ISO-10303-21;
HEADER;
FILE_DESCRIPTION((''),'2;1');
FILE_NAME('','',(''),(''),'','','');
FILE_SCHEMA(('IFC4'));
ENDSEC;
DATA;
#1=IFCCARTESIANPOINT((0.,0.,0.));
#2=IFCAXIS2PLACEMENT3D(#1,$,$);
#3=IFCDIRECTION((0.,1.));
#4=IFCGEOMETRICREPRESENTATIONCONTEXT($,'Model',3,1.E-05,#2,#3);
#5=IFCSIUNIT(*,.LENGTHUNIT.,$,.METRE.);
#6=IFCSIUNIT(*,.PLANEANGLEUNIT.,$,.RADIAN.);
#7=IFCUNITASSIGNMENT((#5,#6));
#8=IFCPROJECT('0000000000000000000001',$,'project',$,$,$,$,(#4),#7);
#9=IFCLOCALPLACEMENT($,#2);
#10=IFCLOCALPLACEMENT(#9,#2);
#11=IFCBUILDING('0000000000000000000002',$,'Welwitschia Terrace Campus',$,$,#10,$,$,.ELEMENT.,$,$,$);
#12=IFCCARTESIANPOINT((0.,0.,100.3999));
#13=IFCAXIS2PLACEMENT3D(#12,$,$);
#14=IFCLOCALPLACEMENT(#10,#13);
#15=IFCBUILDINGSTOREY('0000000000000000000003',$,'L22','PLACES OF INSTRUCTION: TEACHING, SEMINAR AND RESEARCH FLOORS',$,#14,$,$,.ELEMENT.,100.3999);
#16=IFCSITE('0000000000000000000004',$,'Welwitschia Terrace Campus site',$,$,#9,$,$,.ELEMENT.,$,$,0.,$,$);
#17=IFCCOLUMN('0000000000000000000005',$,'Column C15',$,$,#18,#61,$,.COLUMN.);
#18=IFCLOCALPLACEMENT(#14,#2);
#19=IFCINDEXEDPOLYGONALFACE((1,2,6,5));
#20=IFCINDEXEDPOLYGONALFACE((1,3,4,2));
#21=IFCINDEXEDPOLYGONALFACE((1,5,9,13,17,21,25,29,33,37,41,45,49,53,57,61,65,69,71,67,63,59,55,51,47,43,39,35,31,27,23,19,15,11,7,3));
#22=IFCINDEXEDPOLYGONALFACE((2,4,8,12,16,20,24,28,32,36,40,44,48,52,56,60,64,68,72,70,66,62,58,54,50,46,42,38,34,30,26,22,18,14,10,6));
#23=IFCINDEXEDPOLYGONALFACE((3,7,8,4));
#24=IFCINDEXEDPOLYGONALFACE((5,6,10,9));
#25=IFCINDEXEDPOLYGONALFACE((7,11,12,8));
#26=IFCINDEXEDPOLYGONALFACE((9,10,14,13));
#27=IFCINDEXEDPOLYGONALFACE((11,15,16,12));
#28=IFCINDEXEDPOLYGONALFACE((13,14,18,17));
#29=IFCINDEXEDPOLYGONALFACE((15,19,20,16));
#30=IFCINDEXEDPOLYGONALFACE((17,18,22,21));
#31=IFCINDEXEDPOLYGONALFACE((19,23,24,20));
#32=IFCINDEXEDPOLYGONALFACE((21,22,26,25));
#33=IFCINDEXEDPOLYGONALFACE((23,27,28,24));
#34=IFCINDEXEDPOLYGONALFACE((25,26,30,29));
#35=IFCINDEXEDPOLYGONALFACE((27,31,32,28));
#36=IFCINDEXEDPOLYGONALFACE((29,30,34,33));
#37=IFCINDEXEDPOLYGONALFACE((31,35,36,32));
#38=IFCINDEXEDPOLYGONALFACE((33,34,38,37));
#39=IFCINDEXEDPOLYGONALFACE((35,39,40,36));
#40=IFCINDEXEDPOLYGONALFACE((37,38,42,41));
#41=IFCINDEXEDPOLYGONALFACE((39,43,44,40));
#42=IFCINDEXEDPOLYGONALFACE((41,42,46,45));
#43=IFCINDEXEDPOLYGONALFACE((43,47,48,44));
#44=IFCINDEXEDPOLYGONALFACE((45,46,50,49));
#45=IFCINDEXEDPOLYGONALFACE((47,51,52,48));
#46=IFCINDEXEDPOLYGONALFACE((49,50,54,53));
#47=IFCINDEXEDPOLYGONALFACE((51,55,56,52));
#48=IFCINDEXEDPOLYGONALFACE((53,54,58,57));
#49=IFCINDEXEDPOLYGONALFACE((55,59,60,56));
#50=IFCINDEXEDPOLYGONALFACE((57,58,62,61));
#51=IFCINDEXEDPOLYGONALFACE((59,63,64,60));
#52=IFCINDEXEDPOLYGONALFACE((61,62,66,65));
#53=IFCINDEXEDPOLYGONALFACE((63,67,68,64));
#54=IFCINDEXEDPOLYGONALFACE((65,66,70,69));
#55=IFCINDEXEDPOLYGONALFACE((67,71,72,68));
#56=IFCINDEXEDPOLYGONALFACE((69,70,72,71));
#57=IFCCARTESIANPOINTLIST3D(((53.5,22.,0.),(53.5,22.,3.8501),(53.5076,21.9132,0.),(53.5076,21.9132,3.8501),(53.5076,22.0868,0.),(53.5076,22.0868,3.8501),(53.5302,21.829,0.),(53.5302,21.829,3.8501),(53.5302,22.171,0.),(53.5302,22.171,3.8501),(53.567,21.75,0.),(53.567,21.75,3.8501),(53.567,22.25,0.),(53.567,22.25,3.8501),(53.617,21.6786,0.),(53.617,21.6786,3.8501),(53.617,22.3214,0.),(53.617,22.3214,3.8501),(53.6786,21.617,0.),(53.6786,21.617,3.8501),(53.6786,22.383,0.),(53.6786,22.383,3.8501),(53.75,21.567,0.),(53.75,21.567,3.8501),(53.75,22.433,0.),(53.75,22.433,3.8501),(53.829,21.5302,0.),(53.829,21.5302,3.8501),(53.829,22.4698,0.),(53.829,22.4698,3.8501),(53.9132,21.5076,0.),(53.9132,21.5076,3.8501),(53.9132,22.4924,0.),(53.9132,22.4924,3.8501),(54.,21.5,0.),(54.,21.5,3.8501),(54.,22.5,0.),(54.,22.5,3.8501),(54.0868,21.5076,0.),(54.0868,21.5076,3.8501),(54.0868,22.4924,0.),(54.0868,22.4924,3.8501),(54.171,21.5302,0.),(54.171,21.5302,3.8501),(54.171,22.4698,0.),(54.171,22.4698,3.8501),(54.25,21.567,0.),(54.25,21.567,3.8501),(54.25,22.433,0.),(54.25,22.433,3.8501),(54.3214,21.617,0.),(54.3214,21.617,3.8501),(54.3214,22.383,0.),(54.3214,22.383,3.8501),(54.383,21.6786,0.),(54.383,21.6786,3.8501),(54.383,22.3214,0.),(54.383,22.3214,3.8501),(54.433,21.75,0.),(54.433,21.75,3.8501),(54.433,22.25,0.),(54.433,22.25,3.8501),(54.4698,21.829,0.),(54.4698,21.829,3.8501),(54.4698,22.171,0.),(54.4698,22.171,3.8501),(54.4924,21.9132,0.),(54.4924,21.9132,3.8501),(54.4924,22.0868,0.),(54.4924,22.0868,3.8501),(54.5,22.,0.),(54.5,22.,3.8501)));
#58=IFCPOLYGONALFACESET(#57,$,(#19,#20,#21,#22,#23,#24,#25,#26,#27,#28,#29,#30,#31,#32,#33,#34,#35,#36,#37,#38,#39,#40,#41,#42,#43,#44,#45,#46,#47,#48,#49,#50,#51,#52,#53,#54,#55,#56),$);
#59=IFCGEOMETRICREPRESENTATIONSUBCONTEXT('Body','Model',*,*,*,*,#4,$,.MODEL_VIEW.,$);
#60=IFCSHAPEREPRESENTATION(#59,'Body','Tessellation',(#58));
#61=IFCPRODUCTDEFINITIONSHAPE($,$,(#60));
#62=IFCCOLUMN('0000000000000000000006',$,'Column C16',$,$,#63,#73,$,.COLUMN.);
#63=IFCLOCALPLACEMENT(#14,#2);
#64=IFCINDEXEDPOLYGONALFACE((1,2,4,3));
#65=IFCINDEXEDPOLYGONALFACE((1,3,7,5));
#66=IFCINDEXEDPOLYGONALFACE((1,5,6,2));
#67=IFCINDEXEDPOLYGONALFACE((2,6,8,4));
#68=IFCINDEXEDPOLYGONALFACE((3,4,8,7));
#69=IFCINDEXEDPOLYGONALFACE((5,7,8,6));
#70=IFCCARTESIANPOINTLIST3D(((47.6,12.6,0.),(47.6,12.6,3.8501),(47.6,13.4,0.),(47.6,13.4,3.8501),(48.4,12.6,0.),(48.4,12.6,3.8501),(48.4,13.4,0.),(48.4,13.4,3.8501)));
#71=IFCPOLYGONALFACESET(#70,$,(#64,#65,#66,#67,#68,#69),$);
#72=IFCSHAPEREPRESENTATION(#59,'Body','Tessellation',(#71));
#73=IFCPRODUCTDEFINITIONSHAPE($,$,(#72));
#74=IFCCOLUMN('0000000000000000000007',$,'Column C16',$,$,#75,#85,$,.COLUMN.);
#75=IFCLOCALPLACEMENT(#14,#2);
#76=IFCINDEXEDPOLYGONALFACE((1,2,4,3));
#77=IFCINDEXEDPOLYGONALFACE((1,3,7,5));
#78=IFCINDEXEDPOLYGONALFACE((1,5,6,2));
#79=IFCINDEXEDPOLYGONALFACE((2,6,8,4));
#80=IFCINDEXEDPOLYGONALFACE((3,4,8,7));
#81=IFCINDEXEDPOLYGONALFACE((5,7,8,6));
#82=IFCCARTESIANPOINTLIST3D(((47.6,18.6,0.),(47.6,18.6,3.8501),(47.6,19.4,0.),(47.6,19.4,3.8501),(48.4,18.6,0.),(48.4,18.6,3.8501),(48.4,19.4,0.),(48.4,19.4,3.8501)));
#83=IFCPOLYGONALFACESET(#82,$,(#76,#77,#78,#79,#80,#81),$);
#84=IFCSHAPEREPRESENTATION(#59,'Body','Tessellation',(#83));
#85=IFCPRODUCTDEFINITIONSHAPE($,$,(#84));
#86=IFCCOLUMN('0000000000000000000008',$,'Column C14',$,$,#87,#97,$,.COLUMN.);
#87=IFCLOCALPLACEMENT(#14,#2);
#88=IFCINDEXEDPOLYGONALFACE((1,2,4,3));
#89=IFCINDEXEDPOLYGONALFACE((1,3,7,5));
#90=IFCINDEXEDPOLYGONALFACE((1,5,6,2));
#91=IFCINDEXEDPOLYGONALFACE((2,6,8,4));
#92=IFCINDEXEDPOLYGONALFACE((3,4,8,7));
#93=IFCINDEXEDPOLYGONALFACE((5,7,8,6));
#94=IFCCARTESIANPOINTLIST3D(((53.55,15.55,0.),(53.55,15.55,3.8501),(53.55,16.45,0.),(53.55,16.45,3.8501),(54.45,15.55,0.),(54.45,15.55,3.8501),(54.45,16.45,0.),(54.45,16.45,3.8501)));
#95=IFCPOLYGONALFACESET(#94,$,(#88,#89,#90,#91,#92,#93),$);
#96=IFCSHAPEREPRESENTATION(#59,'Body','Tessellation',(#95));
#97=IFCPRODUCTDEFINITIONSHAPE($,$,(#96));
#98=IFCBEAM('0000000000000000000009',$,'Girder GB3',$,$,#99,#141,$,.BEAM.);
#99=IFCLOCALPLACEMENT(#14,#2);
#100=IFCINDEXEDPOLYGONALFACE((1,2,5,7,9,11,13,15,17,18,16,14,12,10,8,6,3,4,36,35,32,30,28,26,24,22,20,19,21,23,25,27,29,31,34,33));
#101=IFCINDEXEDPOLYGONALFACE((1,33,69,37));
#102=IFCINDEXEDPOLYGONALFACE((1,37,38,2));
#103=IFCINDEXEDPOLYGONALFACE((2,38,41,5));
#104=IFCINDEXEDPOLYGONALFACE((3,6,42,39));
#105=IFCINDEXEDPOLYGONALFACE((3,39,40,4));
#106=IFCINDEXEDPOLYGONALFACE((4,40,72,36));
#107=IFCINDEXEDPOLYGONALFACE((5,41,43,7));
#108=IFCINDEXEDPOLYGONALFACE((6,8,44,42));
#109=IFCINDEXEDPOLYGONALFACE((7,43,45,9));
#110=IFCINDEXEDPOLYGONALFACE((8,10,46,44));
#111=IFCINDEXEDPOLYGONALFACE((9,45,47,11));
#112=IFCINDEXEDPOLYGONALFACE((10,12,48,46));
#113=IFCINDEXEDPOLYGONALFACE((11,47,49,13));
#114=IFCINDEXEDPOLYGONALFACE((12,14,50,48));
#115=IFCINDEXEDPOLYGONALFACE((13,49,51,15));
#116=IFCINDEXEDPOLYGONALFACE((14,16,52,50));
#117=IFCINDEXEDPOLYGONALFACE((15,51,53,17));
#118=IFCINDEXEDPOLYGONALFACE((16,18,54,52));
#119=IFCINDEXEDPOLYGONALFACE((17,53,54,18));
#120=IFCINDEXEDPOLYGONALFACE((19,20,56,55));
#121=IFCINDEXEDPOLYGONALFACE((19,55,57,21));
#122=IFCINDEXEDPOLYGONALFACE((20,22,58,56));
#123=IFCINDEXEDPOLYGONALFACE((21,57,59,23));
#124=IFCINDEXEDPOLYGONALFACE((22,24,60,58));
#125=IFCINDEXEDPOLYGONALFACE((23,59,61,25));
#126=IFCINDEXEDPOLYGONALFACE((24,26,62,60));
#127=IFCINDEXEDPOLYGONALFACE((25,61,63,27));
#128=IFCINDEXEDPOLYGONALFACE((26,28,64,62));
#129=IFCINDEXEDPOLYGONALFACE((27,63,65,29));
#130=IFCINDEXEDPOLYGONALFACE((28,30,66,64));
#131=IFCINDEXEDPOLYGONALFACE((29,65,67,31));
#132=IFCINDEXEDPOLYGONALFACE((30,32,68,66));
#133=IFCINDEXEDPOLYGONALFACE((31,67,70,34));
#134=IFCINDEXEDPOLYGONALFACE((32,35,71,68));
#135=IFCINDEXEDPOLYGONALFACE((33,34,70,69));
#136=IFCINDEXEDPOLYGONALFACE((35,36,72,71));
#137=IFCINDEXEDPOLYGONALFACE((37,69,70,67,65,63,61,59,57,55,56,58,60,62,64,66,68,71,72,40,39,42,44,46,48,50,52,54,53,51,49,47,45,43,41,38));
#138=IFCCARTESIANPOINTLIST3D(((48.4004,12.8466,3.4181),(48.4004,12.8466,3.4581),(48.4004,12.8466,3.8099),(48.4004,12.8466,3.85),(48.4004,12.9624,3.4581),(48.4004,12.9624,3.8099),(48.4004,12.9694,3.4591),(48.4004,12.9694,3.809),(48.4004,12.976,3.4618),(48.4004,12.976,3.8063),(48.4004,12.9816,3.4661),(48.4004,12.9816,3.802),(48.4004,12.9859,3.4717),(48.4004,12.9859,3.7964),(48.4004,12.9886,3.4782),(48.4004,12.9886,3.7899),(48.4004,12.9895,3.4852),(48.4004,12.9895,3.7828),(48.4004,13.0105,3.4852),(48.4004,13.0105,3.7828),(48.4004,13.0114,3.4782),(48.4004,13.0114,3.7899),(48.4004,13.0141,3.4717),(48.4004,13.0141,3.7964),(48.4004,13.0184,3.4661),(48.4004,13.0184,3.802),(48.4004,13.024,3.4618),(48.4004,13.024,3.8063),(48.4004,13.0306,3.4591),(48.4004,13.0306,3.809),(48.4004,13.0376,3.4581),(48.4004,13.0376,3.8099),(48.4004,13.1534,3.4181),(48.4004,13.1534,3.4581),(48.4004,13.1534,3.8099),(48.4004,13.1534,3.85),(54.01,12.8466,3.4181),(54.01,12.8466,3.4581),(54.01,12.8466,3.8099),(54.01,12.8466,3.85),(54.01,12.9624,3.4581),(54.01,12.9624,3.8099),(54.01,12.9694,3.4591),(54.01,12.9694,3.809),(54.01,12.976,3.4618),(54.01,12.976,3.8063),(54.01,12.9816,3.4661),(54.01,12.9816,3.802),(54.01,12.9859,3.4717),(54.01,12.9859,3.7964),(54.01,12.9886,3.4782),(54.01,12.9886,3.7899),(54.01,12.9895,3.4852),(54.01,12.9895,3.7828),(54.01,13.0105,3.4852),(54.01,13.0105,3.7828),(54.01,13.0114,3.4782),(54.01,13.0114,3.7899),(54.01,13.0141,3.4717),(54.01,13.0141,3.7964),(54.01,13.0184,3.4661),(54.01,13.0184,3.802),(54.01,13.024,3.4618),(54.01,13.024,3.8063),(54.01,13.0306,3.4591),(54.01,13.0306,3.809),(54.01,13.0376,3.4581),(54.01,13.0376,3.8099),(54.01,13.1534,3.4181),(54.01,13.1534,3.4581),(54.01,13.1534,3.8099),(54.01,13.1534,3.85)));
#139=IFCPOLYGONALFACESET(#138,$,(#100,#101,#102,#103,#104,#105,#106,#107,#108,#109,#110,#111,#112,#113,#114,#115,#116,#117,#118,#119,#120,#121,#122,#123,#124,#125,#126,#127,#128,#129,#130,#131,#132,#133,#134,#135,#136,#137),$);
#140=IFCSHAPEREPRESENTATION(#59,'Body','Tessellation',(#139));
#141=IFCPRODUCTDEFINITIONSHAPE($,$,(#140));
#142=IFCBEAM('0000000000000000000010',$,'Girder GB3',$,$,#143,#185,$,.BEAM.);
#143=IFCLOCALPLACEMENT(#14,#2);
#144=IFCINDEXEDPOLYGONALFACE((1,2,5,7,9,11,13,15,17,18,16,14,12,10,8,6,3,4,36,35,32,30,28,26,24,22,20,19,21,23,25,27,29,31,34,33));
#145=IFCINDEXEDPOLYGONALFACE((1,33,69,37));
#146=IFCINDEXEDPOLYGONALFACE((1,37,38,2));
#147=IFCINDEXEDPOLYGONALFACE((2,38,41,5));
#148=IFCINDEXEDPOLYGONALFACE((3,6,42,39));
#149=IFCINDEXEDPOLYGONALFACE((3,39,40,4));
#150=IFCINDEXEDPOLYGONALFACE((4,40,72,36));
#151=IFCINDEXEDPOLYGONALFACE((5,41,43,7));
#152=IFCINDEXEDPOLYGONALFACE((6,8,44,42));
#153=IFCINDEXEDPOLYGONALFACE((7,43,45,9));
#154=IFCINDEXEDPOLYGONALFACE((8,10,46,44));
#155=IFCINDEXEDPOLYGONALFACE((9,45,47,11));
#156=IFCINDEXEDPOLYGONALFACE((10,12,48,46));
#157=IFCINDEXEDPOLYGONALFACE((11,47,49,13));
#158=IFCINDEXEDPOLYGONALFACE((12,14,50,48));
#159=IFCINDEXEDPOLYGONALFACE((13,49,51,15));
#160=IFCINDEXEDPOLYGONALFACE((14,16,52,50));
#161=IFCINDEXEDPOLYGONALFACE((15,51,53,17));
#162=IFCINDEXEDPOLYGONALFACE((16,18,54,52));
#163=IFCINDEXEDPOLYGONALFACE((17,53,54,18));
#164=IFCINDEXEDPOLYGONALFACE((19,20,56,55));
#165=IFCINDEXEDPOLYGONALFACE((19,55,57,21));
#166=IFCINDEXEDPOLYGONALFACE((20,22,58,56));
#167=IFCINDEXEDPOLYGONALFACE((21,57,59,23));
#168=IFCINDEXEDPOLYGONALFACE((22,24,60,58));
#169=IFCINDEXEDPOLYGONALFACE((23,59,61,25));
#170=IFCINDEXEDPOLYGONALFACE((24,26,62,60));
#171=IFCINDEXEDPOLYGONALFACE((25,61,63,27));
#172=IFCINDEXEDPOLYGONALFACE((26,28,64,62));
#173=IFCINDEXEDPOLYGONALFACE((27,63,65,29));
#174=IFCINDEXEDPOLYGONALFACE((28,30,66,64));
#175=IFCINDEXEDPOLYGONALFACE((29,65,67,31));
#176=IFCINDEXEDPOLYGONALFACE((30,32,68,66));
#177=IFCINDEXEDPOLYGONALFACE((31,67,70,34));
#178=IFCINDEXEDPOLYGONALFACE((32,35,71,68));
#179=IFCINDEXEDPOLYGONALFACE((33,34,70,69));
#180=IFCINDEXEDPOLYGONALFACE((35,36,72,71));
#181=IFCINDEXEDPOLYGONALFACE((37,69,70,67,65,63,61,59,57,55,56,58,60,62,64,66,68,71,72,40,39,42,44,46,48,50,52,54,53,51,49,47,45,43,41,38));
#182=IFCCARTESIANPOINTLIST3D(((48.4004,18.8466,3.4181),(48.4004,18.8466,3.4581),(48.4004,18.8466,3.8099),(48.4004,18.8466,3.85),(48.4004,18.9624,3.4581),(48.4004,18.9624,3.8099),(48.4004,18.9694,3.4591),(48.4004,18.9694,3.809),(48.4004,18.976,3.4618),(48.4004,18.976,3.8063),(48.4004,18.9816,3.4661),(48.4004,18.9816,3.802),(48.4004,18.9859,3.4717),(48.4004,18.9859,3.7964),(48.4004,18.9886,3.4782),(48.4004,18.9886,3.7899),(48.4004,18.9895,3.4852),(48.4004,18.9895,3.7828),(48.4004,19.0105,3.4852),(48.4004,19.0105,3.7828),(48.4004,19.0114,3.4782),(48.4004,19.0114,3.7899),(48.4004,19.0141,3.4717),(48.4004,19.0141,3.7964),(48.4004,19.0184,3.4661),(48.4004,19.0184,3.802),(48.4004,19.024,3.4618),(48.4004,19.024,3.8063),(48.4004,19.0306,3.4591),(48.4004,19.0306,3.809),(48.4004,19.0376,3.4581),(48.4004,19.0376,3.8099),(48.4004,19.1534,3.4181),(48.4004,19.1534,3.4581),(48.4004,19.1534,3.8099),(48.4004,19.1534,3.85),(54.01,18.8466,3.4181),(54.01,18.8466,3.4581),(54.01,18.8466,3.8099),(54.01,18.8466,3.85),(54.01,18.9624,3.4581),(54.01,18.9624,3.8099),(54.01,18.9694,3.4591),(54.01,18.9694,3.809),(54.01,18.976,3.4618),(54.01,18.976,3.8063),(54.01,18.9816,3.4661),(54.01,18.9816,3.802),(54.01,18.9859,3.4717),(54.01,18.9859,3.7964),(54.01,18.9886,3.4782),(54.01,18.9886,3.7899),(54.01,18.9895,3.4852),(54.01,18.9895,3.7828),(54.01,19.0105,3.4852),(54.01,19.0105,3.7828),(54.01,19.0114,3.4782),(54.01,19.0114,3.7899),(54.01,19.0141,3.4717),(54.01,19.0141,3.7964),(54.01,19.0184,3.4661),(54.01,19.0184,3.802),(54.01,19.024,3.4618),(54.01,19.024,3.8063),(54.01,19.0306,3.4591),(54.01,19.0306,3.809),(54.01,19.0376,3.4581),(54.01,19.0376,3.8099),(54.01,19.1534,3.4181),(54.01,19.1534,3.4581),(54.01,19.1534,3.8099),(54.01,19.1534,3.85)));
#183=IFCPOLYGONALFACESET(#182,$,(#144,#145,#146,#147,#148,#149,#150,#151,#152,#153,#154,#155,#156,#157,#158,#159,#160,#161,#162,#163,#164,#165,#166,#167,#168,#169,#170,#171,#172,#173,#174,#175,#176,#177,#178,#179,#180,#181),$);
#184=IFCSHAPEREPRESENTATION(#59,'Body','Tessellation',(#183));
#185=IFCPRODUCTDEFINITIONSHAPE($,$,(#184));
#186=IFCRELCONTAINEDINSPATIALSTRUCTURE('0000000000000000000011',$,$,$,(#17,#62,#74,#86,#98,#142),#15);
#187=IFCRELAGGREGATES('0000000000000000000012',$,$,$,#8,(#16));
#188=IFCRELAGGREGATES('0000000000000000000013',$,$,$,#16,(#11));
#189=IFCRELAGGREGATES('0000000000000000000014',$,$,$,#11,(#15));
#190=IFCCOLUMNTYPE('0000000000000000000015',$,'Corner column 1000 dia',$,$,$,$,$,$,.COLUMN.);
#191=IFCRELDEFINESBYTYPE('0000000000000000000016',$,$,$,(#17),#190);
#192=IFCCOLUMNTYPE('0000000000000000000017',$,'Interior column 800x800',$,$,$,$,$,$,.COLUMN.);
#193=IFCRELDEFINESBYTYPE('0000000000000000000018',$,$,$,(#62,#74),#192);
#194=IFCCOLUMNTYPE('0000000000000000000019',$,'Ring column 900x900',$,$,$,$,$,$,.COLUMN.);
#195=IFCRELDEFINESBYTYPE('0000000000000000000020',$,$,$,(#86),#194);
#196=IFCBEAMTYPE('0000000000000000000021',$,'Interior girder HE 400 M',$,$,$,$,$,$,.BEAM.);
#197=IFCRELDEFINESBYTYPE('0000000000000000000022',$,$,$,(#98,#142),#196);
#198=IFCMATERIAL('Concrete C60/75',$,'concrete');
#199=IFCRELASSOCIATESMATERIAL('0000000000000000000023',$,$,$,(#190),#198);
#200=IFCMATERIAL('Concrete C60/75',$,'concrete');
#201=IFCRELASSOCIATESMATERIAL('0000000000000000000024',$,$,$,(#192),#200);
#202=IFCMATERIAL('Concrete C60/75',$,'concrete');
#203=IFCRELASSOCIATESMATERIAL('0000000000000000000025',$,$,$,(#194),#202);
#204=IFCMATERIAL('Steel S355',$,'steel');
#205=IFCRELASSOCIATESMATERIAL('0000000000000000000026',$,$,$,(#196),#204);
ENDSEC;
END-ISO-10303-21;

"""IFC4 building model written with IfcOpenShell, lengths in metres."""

from ifc_helpers import new_model, si_unit, direction, frame, origin, origin_2d, place, context, subcontext, project, spatial, rectangle, circle, i_section, extrude, material, material_profile, profile_set, type_object, element, save


model = new_model("IFC4")

# Units and contexts
model_context = context("Model", 3, precision=1e-05, world=origin(), true_north=direction((0.0, 1.0)))
body_context = subcontext(model_context, "Body", "Model", "MODEL_VIEW")
ifc_project = project(units=[si_unit("LENGTHUNIT", "METRE"), si_unit("PLANEANGLEUNIT", "RADIAN")], contexts=[model_context])

# Site, building, storey
site_placement = place(None, origin())
site = spatial("IfcSite", under=ifc_project, at=site_placement, Name="Welwitschia Terrace Campus site", CompositionType="ELEMENT", RefElevation=0.0)
building_placement = place(site_placement, origin())
building = spatial("IfcBuilding", under=site, at=building_placement, Name="Welwitschia Terrace Campus", CompositionType="ELEMENT")
storey_placement = place(building_placement, frame((0.0, 0.0, 100.3999)))
storey = spatial("IfcBuildingStorey", under=building, at=storey_placement, Name="L22", Description="PLACES OF INSTRUCTION: TEACHING, SEMINAR AND RESEARCH FLOORS", CompositionType="ELEMENT", Elevation=100.3999)

# Columns
ifc_material_1 = material(Name="Concrete C60/75", Category="concrete")
ifc_material_profile_1 = material_profile(ifc_material_1, circle(Radius=0.5, at=origin_2d()))
ifc_profile_set_1 = profile_set([ifc_material_profile_1], Name="Concrete C60/75")
column_type_1 = type_object("IfcColumnType", Name="Corner column 1000 dia", PredefinedType="COLUMN", material=ifc_profile_set_1)
column_1_placement = place(storey_placement, frame((54.0, 22.0, 0.0), z_axis=(0.0, 0.0, 1.0), x_axis=(1.0, 0.0, 0.0)))
element("IfcColumn", 1, at=column_1_placement, inside=storey, type_object=column_type_1, Name="Column C15", PredefinedType="COLUMN", context=body_context, shape_type="SweptSolid", body=[
    extrude(circle(Radius=0.5, at=origin_2d()), origin(), (0.0, 0.0, 1.0), 3.8501),
])
ifc_material_2 = material(Name="Concrete C60/75", Category="concrete")
ifc_material_profile_2 = material_profile(ifc_material_2, rectangle(XDim=0.8, YDim=0.8, at=origin_2d()))
ifc_profile_set_2 = profile_set([ifc_material_profile_2], Name="Concrete C60/75")
column_type_2 = type_object("IfcColumnType", Name="Interior column 800x800", PredefinedType="COLUMN", material=ifc_profile_set_2)
for number, where, z_axis, x_axis, name in (
    (2, (48.0, 13.0, 0.0), (0.0, 0.0, 1.0), (1.0, 0.0, 0.0), "Column C16"),
    (3, (48.0, 19.0, 0.0), (0.0, 0.0, 1.0), (1.0, 0.0, 0.0), "Column C16"),
):
    element("IfcColumn", number, at=place(storey_placement, frame(where, z_axis=z_axis, x_axis=x_axis)), inside=storey, type_object=column_type_2, Name=name, PredefinedType="COLUMN", context=body_context, shape_type="SweptSolid", body=[
        extrude(rectangle(XDim=0.8, YDim=0.8, at=origin_2d()), origin(), (0.0, 0.0, 1.0), 3.8501),
    ])
ifc_material_3 = material(Name="Concrete C60/75", Category="concrete")
ifc_material_profile_3 = material_profile(ifc_material_3, rectangle(XDim=0.8999, YDim=0.8999, at=origin_2d()))
ifc_profile_set_3 = profile_set([ifc_material_profile_3], Name="Concrete C60/75")
column_type_3 = type_object("IfcColumnType", Name="Ring column 900x900", PredefinedType="COLUMN", material=ifc_profile_set_3)
column_2_placement = place(storey_placement, frame((54.0, 16.0, 0.0), z_axis=(0.0, 0.0, 1.0), x_axis=(1.0, 0.0, 0.0)))
element("IfcColumn", 4, at=column_2_placement, inside=storey, type_object=column_type_3, Name="Column C14", PredefinedType="COLUMN", context=body_context, shape_type="SweptSolid", body=[
    extrude(rectangle(XDim=0.8999, YDim=0.8999, at=origin_2d()), origin(), (0.0, 0.0, 1.0), 3.8501),
])

# Beams
ifc_material_4 = material(Name="Steel S355", Category="steel")
ifc_material_profile_4 = material_profile(ifc_material_4, i_section(OverallWidth=0.3069, OverallDepth=0.4319, WebThickness=0.021, FlangeThickness=0.04, FilletRadius=0.0271, at=origin_2d()))
ifc_profile_set_4 = profile_set([ifc_material_profile_4], Name="Steel S355")
beam_type_1 = type_object("IfcBeamType", Name="Interior girder HE 400 M", PredefinedType="BEAM", material=ifc_profile_set_4)
for number, where, z_axis, x_axis, name in (
    (5, (48.4004, 13.0, 3.634), (1.0, 0.0, 0.0), (0.0, 1.0, 0.0), "Girder GB3"),
    (6, (48.4004, 19.0, 3.634), (1.0, 0.0, 0.0), (0.0, 1.0, 0.0), "Girder GB3"),
):
    element("IfcBeam", number, at=place(storey_placement, frame(where, z_axis=z_axis, x_axis=x_axis)), inside=storey, type_object=beam_type_1, Name=name, PredefinedType="BEAM", context=body_context, shape_type="SweptSolid", body=[
        extrude(i_section(OverallWidth=0.3069, OverallDepth=0.4319, WebThickness=0.021, FlangeThickness=0.04, FilletRadius=0.0271, at=origin_2d()), origin(), (0.0, 0.0, 1.0), 5.6096),
    ])

save(model, "model.ifc")
